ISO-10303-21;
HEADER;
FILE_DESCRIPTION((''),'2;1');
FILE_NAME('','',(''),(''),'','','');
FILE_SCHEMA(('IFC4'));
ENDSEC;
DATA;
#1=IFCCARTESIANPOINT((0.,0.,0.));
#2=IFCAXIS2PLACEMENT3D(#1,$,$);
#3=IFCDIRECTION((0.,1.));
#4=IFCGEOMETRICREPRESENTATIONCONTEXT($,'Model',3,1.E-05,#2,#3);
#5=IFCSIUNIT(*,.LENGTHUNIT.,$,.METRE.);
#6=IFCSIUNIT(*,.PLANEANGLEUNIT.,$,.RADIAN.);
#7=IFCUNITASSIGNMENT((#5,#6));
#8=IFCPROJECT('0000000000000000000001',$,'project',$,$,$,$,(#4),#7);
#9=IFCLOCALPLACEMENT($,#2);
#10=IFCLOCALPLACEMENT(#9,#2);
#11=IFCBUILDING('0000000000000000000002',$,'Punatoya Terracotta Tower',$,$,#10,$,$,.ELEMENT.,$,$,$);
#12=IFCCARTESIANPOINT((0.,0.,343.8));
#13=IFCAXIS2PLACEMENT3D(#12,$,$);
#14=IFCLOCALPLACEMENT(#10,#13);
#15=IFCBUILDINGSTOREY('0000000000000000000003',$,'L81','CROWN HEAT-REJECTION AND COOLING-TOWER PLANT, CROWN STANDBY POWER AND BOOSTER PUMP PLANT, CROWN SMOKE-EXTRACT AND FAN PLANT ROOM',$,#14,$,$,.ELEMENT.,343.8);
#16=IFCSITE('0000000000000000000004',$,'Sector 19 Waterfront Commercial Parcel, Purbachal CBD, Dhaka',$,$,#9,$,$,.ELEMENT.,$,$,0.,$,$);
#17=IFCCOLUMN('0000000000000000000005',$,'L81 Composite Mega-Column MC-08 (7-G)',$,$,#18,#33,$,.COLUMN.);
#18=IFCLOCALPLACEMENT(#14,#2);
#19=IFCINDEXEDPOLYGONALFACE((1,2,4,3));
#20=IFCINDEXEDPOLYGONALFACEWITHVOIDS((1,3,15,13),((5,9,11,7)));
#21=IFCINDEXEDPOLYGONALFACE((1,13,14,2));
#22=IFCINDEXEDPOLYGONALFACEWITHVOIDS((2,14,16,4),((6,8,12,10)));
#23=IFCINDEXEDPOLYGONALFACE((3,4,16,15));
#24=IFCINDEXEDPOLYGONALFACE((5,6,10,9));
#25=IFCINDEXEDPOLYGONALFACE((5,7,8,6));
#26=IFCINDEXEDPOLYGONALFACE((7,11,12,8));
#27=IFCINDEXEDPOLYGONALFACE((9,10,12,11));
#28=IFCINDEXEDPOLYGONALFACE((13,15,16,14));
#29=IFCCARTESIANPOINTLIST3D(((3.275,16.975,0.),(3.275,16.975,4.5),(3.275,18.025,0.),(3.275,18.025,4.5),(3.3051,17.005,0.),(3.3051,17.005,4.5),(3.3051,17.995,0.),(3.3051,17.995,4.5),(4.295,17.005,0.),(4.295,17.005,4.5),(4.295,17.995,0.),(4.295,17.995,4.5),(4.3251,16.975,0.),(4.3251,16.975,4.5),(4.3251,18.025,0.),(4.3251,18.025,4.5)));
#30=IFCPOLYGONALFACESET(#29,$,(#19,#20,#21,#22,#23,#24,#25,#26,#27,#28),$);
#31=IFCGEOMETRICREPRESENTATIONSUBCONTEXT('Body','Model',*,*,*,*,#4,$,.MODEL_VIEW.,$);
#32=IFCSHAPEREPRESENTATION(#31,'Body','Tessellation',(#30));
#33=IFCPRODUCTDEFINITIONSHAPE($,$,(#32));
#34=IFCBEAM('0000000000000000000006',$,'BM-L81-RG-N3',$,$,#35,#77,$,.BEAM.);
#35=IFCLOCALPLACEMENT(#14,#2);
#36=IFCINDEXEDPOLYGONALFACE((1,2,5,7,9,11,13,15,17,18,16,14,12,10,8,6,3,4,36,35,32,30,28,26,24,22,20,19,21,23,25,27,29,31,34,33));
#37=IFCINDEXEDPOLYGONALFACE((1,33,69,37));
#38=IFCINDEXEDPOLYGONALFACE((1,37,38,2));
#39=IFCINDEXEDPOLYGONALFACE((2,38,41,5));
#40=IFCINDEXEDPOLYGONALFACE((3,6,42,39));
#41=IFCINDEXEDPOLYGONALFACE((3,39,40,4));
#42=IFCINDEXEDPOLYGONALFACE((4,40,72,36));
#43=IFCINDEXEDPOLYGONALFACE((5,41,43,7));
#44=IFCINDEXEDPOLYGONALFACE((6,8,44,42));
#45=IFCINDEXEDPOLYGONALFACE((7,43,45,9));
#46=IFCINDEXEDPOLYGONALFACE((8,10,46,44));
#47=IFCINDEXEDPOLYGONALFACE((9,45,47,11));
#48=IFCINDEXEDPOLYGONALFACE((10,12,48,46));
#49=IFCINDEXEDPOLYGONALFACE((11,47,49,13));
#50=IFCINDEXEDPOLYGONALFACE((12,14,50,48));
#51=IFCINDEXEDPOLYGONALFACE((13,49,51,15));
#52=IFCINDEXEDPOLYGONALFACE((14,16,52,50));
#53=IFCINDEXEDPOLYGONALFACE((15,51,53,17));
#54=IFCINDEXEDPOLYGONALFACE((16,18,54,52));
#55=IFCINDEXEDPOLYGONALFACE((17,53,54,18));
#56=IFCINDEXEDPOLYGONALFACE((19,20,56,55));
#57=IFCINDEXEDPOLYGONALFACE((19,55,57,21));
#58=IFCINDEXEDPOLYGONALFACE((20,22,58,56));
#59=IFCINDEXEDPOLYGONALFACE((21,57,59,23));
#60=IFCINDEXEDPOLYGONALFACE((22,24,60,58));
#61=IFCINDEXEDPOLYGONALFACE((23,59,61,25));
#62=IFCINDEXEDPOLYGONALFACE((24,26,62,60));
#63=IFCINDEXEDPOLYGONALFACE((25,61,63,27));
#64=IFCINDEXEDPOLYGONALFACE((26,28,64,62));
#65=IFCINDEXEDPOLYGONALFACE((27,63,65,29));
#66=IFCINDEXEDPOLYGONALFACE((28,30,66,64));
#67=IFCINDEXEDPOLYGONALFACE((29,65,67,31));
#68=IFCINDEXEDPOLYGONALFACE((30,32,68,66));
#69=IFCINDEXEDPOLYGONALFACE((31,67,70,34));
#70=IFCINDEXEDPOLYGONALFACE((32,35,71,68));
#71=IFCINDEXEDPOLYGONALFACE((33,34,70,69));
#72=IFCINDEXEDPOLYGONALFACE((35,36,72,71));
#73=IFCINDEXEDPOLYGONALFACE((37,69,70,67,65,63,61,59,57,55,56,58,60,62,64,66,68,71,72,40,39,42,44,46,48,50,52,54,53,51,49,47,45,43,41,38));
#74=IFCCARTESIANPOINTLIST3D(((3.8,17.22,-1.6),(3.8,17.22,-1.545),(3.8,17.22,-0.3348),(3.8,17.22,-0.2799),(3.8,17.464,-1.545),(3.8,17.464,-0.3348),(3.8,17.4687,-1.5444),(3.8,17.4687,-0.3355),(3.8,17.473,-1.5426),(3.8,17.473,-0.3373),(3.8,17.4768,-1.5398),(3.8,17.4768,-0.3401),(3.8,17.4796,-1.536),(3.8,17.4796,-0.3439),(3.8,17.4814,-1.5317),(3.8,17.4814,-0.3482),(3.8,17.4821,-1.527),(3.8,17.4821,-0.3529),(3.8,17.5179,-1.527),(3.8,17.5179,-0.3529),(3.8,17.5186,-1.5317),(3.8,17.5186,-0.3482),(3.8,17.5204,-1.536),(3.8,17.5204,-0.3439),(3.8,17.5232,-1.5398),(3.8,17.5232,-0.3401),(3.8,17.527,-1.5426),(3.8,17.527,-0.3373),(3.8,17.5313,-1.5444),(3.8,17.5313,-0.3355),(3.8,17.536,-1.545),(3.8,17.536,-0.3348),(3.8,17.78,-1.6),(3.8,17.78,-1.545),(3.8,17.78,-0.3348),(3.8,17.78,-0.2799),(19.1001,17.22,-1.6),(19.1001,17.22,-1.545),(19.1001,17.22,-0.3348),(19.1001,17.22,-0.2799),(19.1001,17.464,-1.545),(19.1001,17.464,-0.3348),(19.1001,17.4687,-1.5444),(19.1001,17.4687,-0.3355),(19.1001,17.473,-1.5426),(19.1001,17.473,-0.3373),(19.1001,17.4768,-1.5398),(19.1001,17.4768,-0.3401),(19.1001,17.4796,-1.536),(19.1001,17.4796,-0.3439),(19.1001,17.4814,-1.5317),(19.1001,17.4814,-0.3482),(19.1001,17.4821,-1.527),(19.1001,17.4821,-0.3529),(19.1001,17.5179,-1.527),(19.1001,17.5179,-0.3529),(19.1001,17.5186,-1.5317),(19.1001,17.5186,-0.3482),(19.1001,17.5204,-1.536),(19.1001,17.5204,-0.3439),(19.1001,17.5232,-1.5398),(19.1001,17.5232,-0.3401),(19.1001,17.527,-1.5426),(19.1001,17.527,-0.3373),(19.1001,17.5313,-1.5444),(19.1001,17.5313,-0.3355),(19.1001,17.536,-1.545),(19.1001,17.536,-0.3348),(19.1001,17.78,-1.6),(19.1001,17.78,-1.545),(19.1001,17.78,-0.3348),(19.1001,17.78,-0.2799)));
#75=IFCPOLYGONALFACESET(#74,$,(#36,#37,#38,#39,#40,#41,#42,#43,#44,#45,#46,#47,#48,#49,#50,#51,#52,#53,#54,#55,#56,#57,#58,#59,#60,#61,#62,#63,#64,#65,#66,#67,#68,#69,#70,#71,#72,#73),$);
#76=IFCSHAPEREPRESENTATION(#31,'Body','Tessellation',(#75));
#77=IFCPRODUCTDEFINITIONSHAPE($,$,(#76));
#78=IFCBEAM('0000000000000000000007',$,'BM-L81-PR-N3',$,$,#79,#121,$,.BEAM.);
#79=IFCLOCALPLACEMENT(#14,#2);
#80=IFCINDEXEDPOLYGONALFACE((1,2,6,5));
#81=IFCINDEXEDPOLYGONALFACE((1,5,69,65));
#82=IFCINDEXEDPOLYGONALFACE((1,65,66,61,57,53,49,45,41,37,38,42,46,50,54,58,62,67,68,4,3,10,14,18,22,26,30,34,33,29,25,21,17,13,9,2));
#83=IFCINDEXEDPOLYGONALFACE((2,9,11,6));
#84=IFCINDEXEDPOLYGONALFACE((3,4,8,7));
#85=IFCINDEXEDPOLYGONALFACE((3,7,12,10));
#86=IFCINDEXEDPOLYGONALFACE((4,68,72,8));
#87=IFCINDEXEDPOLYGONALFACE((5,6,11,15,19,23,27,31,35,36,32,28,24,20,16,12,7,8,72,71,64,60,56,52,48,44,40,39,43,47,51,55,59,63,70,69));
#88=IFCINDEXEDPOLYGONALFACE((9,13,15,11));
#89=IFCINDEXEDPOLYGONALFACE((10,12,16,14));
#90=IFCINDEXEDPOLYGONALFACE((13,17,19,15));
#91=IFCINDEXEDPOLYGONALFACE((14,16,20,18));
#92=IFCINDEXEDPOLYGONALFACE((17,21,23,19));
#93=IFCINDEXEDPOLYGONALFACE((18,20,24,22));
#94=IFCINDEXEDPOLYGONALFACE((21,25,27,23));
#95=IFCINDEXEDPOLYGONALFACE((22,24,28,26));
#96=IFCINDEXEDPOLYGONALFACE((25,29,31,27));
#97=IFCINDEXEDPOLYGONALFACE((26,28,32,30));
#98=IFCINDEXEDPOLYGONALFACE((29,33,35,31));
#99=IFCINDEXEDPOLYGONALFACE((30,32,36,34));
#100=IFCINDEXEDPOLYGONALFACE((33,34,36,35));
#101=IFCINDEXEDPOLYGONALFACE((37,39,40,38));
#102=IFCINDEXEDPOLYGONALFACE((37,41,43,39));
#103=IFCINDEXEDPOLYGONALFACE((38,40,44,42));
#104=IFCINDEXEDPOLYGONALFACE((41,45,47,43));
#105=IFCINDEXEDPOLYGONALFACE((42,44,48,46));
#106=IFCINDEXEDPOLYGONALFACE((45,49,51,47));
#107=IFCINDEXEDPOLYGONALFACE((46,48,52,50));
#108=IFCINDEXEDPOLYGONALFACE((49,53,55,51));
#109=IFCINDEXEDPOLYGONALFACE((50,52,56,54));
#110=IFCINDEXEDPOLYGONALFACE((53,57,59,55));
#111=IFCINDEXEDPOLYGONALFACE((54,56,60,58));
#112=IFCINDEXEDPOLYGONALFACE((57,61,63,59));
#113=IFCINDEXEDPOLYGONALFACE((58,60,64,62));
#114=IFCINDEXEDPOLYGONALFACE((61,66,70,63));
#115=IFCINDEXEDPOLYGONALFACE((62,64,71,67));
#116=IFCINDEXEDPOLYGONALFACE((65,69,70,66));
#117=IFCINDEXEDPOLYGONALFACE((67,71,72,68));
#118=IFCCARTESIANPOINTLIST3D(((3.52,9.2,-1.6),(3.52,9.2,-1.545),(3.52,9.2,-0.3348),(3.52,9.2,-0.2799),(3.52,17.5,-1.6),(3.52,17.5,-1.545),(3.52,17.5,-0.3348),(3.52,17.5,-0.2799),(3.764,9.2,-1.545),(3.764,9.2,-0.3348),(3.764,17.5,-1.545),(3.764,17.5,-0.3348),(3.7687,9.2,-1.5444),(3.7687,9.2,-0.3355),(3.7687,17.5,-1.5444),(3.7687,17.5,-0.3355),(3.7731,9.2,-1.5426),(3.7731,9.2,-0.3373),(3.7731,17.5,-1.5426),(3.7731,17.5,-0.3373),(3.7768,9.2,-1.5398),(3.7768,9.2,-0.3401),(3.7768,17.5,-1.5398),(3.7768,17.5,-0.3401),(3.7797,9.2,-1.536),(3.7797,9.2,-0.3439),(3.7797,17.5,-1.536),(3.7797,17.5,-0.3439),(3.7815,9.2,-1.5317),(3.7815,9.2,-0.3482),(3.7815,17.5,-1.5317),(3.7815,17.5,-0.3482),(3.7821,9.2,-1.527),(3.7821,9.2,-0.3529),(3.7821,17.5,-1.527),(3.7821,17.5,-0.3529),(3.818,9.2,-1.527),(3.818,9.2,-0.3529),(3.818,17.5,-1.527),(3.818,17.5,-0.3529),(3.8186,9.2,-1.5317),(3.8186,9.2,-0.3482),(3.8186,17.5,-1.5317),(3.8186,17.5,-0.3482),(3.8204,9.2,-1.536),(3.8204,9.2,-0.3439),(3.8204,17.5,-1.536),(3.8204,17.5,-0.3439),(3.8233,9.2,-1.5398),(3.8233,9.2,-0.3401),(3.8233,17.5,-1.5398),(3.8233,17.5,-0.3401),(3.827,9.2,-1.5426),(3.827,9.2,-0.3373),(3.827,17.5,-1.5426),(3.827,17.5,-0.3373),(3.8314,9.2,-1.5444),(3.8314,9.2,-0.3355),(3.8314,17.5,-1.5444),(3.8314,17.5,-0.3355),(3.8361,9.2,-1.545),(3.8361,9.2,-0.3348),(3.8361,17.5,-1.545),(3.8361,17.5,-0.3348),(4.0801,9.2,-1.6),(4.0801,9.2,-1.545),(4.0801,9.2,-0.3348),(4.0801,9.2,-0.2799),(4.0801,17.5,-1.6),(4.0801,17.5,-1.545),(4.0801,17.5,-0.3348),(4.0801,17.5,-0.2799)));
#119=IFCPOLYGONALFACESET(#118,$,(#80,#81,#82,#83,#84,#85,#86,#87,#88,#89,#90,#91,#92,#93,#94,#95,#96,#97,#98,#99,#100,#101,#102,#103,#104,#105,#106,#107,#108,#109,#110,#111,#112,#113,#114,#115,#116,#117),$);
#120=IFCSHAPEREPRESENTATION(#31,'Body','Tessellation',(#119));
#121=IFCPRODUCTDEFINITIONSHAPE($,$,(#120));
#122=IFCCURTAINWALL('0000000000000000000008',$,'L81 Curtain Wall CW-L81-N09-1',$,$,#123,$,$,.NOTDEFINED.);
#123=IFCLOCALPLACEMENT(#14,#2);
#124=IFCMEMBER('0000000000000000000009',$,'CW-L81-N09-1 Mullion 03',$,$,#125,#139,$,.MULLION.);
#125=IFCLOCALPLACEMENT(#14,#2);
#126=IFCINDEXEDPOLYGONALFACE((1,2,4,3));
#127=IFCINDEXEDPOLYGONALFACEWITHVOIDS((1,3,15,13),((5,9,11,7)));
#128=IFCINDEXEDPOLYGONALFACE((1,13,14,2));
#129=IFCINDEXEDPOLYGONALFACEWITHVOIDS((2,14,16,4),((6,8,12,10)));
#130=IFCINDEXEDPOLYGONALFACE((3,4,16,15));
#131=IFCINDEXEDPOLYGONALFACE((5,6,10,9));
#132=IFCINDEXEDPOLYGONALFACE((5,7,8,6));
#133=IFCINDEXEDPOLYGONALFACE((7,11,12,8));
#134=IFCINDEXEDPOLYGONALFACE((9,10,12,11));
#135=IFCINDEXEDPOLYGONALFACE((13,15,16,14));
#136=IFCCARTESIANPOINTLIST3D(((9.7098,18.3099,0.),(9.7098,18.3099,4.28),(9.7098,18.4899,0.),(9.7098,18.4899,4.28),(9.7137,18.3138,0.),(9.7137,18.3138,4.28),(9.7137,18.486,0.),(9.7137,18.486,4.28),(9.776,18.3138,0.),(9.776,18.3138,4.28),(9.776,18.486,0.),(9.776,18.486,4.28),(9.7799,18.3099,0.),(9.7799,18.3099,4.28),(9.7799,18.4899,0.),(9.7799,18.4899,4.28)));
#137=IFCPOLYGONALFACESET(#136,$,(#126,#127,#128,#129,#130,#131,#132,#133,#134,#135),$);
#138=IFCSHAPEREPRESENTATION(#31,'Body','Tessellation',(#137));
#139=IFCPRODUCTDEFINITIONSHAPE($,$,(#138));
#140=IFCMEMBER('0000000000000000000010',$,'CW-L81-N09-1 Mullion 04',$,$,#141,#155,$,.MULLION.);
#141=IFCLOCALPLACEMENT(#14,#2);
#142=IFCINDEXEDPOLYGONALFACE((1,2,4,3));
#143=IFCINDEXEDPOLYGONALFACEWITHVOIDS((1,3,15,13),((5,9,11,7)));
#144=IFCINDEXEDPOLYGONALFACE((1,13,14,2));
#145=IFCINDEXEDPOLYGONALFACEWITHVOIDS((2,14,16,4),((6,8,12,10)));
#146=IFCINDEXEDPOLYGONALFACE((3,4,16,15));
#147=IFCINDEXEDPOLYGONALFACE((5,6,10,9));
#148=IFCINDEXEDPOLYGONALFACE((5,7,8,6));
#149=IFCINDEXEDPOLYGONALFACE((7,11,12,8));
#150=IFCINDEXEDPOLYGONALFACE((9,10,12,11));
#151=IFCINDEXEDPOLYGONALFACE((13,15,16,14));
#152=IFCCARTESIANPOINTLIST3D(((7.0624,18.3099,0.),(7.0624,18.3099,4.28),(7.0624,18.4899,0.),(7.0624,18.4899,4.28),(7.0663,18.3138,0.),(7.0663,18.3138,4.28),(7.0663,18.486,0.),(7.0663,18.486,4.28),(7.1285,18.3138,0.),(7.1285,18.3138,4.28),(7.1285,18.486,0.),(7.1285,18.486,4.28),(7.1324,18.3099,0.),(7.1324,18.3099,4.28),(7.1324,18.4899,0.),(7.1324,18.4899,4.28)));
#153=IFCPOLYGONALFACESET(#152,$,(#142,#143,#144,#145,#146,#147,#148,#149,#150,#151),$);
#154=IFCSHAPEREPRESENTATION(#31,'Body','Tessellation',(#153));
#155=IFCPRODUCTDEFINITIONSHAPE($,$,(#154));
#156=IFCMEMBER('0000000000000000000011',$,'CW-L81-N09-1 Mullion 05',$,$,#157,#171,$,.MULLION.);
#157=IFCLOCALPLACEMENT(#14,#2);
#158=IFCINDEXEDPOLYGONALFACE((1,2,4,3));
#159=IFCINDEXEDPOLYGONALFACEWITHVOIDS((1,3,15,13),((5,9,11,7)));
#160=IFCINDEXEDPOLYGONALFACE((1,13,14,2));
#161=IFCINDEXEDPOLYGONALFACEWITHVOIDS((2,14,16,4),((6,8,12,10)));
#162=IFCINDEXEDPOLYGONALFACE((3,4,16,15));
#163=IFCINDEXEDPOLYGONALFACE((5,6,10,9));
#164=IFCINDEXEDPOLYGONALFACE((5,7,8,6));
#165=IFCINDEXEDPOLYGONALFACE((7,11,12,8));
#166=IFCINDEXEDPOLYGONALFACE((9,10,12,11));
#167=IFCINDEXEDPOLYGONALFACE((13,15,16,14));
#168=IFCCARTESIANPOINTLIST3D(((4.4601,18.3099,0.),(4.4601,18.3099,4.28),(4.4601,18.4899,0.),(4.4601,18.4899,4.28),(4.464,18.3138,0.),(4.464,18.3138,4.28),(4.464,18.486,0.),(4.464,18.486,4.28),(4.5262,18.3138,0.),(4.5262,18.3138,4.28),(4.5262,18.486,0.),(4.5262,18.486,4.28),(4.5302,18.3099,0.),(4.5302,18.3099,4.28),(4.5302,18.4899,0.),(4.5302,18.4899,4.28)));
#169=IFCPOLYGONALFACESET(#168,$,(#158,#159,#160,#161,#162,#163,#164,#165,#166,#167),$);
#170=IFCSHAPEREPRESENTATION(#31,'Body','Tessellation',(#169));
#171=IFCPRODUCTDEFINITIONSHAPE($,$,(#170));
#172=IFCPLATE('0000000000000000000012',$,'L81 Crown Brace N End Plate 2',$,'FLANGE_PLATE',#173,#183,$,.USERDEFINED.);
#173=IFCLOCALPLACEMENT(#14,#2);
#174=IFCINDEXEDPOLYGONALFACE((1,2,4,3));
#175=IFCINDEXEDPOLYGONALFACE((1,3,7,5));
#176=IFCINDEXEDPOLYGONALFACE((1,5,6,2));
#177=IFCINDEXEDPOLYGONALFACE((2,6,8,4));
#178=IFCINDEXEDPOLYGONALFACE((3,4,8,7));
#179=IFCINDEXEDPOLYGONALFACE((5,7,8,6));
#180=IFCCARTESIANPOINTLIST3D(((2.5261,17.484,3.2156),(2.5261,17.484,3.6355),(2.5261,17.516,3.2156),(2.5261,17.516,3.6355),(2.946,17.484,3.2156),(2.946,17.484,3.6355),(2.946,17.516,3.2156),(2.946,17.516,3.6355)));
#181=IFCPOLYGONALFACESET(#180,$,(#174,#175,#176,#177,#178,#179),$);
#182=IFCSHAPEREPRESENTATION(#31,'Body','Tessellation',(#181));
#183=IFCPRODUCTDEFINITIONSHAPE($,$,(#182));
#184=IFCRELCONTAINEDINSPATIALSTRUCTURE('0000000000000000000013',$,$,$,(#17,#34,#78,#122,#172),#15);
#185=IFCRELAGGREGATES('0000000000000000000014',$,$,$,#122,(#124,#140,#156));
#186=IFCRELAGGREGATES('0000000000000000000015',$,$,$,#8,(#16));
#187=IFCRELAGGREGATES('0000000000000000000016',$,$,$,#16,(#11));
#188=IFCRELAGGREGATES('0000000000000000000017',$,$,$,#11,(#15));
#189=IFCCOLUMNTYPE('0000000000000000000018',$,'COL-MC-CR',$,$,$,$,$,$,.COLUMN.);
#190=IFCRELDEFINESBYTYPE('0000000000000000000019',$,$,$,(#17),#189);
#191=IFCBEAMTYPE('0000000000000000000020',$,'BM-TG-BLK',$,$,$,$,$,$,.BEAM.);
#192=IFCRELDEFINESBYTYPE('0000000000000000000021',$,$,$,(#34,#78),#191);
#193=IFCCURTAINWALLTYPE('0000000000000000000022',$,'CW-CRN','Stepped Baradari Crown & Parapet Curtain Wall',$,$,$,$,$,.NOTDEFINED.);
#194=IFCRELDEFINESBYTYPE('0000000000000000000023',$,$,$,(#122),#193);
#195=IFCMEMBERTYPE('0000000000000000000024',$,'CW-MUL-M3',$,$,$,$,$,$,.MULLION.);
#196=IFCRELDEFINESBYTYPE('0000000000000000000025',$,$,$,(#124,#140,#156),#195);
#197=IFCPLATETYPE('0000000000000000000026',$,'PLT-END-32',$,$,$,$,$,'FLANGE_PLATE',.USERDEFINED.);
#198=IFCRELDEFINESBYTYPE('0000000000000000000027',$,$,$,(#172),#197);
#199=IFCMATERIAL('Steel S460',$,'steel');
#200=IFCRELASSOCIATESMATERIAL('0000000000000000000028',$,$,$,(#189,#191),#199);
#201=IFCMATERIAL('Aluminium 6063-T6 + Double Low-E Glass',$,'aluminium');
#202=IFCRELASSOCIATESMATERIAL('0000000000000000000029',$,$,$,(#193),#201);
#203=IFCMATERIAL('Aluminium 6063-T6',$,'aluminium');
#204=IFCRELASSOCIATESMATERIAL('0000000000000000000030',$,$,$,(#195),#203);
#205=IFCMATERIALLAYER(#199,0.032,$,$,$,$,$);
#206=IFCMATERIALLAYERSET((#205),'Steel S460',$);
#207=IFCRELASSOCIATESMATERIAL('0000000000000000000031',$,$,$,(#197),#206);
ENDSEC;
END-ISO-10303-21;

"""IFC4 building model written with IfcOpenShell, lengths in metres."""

from ifc_helpers import new_model, si_unit, direction, frame, origin, origin_2d, place, context, subcontext, project, spatial, rectangle, hollow_rectangle, i_section, extrude, material, layer, layer_set, material_profile, profile_set, type_object, element, aggregate, save


model = new_model("IFC4")

# Units and contexts
model_context = context("Model", 3, precision=1e-05, world=origin(), true_north=direction((0.0, 1.0)))
body_context = subcontext(model_context, "Body", "Model", "MODEL_VIEW")
ifc_project = project(units=[si_unit("LENGTHUNIT", "METRE"), si_unit("PLANEANGLEUNIT", "RADIAN")], contexts=[model_context])

# Site, building, storey
site_placement = place(None, origin())
site = spatial("IfcSite", under=ifc_project, at=site_placement, Name="Sector 19 Waterfront Commercial Parcel, Purbachal CBD, Dhaka", CompositionType="ELEMENT", RefElevation=0.0)
building_placement = place(site_placement, origin())
building = spatial("IfcBuilding", under=site, at=building_placement, Name="Punatoya Terracotta Tower", CompositionType="ELEMENT")
storey_placement = place(building_placement, frame((0.0, 0.0, 343.8)))
storey = spatial("IfcBuildingStorey", under=building, at=storey_placement, Name="L81", Description="CROWN HEAT-REJECTION AND COOLING-TOWER PLANT, CROWN STANDBY POWER AND BOOSTER PUMP PLANT, CROWN SMOKE-EXTRACT AND FAN PLANT ROOM", CompositionType="ELEMENT", Elevation=343.8)

# Column
ifc_material_1 = material(Name="Steel S460", Category="steel")
ifc_material_profile_1 = material_profile(ifc_material_1, hollow_rectangle(XDim=1.05, YDim=1.05, WallThickness=0.03, at=origin_2d()))
ifc_profile_set_1 = profile_set([ifc_material_profile_1], Name="Steel S460")
column_type = type_object("IfcColumnType", Name="COL-MC-CR", PredefinedType="COLUMN", material=ifc_profile_set_1)
column_placement = place(storey_placement, frame((3.8, 17.5, 0.0), z_axis=(0.0, 0.0, 1.0), x_axis=(1.0, 0.0, 0.0)))
element("IfcColumn", 1, at=column_placement, inside=storey, type_object=column_type, Name="L81 Composite Mega-Column MC-08 (7-G)", PredefinedType="COLUMN", context=body_context, shape_type="SweptSolid", body=[
    extrude(hollow_rectangle(XDim=1.05, YDim=1.05, WallThickness=0.03, at=origin_2d()), origin(), (0.0, 0.0, 1.0), 4.5),
])

# Beams
ifc_material_profile_2 = material_profile(ifc_material_1, i_section(OverallWidth=0.5601, OverallDepth=1.3201, WebThickness=0.0359, FlangeThickness=0.0549, FilletRadius=0.0181, at=origin_2d()))
ifc_profile_set_2 = profile_set([ifc_material_profile_2], Name="Steel S460")
beam_type = type_object("IfcBeamType", Name="BM-TG-BLK", PredefinedType="BEAM", material=ifc_profile_set_2)
beam_1_placement = place(storey_placement, frame((3.8, 17.5, -0.9399), z_axis=(1.0, 0.0, 0.0), x_axis=(0.0, 1.0, 0.0)))
element("IfcBeam", 2, at=beam_1_placement, inside=storey, type_object=beam_type, Name="BM-L81-RG-N3", PredefinedType="BEAM", context=body_context, shape_type="SweptSolid", body=[
    extrude(i_section(OverallWidth=0.5601, OverallDepth=1.3201, WebThickness=0.0359, FlangeThickness=0.0549, FilletRadius=0.0181, at=origin_2d()), origin(), (0.0, 0.0, 1.0), 15.3),
])
beam_2_placement = place(storey_placement, frame((3.8, 9.2, -0.9399), z_axis=(0.0, 1.0, 0.0), x_axis=(-1.0, 0.0, 0.0)))
element("IfcBeam", 3, at=beam_2_placement, inside=storey, type_object=beam_type, Name="BM-L81-PR-N3", PredefinedType="BEAM", context=body_context, shape_type="SweptSolid", body=[
    extrude(i_section(OverallWidth=0.5601, OverallDepth=1.3201, WebThickness=0.0359, FlangeThickness=0.0549, FilletRadius=0.0181, at=origin_2d()), origin(), (0.0, 0.0, 1.0), 8.3),
])

# Curtain wall, members
ifc_material_2 = material(Name="Aluminium 6063-T6 + Double Low-E Glass", Category="aluminium")
curtain_wall_type = type_object("IfcCurtainWallType", Name="CW-CRN", Description="Stepped Baradari Crown & Parapet Curtain Wall", PredefinedType="NOTDEFINED", material=ifc_material_2)
curtain_wall_placement = place(storey_placement, origin())
curtain_wall = element("IfcCurtainWall", 4, at=curtain_wall_placement, inside=storey, type_object=curtain_wall_type, Name="L81 Curtain Wall CW-L81-N09-1", PredefinedType="NOTDEFINED")
ifc_material_3 = material(Name="Aluminium 6063-T6", Category="aluminium")
ifc_material_profile_3 = material_profile(ifc_material_3, hollow_rectangle(XDim=0.0701, YDim=0.1799, WallThickness=0.0039, at=origin_2d()))
ifc_profile_set_3 = profile_set([ifc_material_profile_3], Name="Aluminium 6063-T6")
member_type = type_object("IfcMemberType", Name="CW-MUL-M3", PredefinedType="MULLION", material=ifc_profile_set_3)
member_1_placement = place(storey_placement, frame((9.7449, 18.3999, 0.0), z_axis=(0.0, 0.0, 1.0), x_axis=(1.0, 0.0, 0.0)))
member_1 = element("IfcMember", 5, at=member_1_placement, type_object=member_type, Name="CW-L81-N09-1 Mullion 03", PredefinedType="MULLION", context=body_context, shape_type="SweptSolid", body=[
    extrude(hollow_rectangle(XDim=0.0701, YDim=0.1799, WallThickness=0.0039, at=origin_2d()), origin(), (0.0, 0.0, 1.0), 4.28),
])
member_2_placement = place(storey_placement, frame((7.0974, 18.3999, 0.0), z_axis=(0.0, 0.0, 1.0), x_axis=(1.0, 0.0, 0.0)))
member_2 = element("IfcMember", 6, at=member_2_placement, type_object=member_type, Name="CW-L81-N09-1 Mullion 04", PredefinedType="MULLION", context=body_context, shape_type="SweptSolid", body=[
    extrude(hollow_rectangle(XDim=0.0701, YDim=0.1799, WallThickness=0.0039, at=origin_2d()), origin(), (0.0, 0.0, 1.0), 4.28),
])
member_3_placement = place(storey_placement, frame((4.4951, 18.3999, 0.0), z_axis=(0.0, 0.0, 1.0), x_axis=(1.0, 0.0, 0.0)))
member_3 = element("IfcMember", 7, at=member_3_placement, type_object=member_type, Name="CW-L81-N09-1 Mullion 05", PredefinedType="MULLION", context=body_context, shape_type="SweptSolid", body=[
    extrude(hollow_rectangle(XDim=0.0701, YDim=0.1799, WallThickness=0.0039, at=origin_2d()), origin(), (0.0, 0.0, 1.0), 4.28),
])

# Plate
ifc_layer_1 = layer(ifc_material_1, 0.032)
ifc_layer_set_1 = layer_set([ifc_layer_1], Name="Steel S460")
plate_type_1 = type_object("IfcPlateType", Name="PLT-END-32", ElementType="FLANGE_PLATE", PredefinedType="USERDEFINED", material=ifc_layer_set_1)
plate_1_placement = place(storey_placement, frame((2.7361, 17.5, 3.2156), z_axis=(0.0, 0.0, 1.0), x_axis=(1.0, 0.0, 0.0)))
element("IfcPlate", 8, at=plate_1_placement, inside=storey, type_object=plate_type_1, Name="L81 Crown Brace N End Plate 2", ObjectType="FLANGE_PLATE", PredefinedType="USERDEFINED", context=body_context, shape_type="SweptSolid", body=[
    extrude(rectangle(XDim=0.4199, YDim=0.032, at=origin_2d()), origin(), (0.0, 0.0, 1.0), 0.4199),
])
aggregate(curtain_wall, [member_1, member_2, member_3])

save(model, "model.ifc")
